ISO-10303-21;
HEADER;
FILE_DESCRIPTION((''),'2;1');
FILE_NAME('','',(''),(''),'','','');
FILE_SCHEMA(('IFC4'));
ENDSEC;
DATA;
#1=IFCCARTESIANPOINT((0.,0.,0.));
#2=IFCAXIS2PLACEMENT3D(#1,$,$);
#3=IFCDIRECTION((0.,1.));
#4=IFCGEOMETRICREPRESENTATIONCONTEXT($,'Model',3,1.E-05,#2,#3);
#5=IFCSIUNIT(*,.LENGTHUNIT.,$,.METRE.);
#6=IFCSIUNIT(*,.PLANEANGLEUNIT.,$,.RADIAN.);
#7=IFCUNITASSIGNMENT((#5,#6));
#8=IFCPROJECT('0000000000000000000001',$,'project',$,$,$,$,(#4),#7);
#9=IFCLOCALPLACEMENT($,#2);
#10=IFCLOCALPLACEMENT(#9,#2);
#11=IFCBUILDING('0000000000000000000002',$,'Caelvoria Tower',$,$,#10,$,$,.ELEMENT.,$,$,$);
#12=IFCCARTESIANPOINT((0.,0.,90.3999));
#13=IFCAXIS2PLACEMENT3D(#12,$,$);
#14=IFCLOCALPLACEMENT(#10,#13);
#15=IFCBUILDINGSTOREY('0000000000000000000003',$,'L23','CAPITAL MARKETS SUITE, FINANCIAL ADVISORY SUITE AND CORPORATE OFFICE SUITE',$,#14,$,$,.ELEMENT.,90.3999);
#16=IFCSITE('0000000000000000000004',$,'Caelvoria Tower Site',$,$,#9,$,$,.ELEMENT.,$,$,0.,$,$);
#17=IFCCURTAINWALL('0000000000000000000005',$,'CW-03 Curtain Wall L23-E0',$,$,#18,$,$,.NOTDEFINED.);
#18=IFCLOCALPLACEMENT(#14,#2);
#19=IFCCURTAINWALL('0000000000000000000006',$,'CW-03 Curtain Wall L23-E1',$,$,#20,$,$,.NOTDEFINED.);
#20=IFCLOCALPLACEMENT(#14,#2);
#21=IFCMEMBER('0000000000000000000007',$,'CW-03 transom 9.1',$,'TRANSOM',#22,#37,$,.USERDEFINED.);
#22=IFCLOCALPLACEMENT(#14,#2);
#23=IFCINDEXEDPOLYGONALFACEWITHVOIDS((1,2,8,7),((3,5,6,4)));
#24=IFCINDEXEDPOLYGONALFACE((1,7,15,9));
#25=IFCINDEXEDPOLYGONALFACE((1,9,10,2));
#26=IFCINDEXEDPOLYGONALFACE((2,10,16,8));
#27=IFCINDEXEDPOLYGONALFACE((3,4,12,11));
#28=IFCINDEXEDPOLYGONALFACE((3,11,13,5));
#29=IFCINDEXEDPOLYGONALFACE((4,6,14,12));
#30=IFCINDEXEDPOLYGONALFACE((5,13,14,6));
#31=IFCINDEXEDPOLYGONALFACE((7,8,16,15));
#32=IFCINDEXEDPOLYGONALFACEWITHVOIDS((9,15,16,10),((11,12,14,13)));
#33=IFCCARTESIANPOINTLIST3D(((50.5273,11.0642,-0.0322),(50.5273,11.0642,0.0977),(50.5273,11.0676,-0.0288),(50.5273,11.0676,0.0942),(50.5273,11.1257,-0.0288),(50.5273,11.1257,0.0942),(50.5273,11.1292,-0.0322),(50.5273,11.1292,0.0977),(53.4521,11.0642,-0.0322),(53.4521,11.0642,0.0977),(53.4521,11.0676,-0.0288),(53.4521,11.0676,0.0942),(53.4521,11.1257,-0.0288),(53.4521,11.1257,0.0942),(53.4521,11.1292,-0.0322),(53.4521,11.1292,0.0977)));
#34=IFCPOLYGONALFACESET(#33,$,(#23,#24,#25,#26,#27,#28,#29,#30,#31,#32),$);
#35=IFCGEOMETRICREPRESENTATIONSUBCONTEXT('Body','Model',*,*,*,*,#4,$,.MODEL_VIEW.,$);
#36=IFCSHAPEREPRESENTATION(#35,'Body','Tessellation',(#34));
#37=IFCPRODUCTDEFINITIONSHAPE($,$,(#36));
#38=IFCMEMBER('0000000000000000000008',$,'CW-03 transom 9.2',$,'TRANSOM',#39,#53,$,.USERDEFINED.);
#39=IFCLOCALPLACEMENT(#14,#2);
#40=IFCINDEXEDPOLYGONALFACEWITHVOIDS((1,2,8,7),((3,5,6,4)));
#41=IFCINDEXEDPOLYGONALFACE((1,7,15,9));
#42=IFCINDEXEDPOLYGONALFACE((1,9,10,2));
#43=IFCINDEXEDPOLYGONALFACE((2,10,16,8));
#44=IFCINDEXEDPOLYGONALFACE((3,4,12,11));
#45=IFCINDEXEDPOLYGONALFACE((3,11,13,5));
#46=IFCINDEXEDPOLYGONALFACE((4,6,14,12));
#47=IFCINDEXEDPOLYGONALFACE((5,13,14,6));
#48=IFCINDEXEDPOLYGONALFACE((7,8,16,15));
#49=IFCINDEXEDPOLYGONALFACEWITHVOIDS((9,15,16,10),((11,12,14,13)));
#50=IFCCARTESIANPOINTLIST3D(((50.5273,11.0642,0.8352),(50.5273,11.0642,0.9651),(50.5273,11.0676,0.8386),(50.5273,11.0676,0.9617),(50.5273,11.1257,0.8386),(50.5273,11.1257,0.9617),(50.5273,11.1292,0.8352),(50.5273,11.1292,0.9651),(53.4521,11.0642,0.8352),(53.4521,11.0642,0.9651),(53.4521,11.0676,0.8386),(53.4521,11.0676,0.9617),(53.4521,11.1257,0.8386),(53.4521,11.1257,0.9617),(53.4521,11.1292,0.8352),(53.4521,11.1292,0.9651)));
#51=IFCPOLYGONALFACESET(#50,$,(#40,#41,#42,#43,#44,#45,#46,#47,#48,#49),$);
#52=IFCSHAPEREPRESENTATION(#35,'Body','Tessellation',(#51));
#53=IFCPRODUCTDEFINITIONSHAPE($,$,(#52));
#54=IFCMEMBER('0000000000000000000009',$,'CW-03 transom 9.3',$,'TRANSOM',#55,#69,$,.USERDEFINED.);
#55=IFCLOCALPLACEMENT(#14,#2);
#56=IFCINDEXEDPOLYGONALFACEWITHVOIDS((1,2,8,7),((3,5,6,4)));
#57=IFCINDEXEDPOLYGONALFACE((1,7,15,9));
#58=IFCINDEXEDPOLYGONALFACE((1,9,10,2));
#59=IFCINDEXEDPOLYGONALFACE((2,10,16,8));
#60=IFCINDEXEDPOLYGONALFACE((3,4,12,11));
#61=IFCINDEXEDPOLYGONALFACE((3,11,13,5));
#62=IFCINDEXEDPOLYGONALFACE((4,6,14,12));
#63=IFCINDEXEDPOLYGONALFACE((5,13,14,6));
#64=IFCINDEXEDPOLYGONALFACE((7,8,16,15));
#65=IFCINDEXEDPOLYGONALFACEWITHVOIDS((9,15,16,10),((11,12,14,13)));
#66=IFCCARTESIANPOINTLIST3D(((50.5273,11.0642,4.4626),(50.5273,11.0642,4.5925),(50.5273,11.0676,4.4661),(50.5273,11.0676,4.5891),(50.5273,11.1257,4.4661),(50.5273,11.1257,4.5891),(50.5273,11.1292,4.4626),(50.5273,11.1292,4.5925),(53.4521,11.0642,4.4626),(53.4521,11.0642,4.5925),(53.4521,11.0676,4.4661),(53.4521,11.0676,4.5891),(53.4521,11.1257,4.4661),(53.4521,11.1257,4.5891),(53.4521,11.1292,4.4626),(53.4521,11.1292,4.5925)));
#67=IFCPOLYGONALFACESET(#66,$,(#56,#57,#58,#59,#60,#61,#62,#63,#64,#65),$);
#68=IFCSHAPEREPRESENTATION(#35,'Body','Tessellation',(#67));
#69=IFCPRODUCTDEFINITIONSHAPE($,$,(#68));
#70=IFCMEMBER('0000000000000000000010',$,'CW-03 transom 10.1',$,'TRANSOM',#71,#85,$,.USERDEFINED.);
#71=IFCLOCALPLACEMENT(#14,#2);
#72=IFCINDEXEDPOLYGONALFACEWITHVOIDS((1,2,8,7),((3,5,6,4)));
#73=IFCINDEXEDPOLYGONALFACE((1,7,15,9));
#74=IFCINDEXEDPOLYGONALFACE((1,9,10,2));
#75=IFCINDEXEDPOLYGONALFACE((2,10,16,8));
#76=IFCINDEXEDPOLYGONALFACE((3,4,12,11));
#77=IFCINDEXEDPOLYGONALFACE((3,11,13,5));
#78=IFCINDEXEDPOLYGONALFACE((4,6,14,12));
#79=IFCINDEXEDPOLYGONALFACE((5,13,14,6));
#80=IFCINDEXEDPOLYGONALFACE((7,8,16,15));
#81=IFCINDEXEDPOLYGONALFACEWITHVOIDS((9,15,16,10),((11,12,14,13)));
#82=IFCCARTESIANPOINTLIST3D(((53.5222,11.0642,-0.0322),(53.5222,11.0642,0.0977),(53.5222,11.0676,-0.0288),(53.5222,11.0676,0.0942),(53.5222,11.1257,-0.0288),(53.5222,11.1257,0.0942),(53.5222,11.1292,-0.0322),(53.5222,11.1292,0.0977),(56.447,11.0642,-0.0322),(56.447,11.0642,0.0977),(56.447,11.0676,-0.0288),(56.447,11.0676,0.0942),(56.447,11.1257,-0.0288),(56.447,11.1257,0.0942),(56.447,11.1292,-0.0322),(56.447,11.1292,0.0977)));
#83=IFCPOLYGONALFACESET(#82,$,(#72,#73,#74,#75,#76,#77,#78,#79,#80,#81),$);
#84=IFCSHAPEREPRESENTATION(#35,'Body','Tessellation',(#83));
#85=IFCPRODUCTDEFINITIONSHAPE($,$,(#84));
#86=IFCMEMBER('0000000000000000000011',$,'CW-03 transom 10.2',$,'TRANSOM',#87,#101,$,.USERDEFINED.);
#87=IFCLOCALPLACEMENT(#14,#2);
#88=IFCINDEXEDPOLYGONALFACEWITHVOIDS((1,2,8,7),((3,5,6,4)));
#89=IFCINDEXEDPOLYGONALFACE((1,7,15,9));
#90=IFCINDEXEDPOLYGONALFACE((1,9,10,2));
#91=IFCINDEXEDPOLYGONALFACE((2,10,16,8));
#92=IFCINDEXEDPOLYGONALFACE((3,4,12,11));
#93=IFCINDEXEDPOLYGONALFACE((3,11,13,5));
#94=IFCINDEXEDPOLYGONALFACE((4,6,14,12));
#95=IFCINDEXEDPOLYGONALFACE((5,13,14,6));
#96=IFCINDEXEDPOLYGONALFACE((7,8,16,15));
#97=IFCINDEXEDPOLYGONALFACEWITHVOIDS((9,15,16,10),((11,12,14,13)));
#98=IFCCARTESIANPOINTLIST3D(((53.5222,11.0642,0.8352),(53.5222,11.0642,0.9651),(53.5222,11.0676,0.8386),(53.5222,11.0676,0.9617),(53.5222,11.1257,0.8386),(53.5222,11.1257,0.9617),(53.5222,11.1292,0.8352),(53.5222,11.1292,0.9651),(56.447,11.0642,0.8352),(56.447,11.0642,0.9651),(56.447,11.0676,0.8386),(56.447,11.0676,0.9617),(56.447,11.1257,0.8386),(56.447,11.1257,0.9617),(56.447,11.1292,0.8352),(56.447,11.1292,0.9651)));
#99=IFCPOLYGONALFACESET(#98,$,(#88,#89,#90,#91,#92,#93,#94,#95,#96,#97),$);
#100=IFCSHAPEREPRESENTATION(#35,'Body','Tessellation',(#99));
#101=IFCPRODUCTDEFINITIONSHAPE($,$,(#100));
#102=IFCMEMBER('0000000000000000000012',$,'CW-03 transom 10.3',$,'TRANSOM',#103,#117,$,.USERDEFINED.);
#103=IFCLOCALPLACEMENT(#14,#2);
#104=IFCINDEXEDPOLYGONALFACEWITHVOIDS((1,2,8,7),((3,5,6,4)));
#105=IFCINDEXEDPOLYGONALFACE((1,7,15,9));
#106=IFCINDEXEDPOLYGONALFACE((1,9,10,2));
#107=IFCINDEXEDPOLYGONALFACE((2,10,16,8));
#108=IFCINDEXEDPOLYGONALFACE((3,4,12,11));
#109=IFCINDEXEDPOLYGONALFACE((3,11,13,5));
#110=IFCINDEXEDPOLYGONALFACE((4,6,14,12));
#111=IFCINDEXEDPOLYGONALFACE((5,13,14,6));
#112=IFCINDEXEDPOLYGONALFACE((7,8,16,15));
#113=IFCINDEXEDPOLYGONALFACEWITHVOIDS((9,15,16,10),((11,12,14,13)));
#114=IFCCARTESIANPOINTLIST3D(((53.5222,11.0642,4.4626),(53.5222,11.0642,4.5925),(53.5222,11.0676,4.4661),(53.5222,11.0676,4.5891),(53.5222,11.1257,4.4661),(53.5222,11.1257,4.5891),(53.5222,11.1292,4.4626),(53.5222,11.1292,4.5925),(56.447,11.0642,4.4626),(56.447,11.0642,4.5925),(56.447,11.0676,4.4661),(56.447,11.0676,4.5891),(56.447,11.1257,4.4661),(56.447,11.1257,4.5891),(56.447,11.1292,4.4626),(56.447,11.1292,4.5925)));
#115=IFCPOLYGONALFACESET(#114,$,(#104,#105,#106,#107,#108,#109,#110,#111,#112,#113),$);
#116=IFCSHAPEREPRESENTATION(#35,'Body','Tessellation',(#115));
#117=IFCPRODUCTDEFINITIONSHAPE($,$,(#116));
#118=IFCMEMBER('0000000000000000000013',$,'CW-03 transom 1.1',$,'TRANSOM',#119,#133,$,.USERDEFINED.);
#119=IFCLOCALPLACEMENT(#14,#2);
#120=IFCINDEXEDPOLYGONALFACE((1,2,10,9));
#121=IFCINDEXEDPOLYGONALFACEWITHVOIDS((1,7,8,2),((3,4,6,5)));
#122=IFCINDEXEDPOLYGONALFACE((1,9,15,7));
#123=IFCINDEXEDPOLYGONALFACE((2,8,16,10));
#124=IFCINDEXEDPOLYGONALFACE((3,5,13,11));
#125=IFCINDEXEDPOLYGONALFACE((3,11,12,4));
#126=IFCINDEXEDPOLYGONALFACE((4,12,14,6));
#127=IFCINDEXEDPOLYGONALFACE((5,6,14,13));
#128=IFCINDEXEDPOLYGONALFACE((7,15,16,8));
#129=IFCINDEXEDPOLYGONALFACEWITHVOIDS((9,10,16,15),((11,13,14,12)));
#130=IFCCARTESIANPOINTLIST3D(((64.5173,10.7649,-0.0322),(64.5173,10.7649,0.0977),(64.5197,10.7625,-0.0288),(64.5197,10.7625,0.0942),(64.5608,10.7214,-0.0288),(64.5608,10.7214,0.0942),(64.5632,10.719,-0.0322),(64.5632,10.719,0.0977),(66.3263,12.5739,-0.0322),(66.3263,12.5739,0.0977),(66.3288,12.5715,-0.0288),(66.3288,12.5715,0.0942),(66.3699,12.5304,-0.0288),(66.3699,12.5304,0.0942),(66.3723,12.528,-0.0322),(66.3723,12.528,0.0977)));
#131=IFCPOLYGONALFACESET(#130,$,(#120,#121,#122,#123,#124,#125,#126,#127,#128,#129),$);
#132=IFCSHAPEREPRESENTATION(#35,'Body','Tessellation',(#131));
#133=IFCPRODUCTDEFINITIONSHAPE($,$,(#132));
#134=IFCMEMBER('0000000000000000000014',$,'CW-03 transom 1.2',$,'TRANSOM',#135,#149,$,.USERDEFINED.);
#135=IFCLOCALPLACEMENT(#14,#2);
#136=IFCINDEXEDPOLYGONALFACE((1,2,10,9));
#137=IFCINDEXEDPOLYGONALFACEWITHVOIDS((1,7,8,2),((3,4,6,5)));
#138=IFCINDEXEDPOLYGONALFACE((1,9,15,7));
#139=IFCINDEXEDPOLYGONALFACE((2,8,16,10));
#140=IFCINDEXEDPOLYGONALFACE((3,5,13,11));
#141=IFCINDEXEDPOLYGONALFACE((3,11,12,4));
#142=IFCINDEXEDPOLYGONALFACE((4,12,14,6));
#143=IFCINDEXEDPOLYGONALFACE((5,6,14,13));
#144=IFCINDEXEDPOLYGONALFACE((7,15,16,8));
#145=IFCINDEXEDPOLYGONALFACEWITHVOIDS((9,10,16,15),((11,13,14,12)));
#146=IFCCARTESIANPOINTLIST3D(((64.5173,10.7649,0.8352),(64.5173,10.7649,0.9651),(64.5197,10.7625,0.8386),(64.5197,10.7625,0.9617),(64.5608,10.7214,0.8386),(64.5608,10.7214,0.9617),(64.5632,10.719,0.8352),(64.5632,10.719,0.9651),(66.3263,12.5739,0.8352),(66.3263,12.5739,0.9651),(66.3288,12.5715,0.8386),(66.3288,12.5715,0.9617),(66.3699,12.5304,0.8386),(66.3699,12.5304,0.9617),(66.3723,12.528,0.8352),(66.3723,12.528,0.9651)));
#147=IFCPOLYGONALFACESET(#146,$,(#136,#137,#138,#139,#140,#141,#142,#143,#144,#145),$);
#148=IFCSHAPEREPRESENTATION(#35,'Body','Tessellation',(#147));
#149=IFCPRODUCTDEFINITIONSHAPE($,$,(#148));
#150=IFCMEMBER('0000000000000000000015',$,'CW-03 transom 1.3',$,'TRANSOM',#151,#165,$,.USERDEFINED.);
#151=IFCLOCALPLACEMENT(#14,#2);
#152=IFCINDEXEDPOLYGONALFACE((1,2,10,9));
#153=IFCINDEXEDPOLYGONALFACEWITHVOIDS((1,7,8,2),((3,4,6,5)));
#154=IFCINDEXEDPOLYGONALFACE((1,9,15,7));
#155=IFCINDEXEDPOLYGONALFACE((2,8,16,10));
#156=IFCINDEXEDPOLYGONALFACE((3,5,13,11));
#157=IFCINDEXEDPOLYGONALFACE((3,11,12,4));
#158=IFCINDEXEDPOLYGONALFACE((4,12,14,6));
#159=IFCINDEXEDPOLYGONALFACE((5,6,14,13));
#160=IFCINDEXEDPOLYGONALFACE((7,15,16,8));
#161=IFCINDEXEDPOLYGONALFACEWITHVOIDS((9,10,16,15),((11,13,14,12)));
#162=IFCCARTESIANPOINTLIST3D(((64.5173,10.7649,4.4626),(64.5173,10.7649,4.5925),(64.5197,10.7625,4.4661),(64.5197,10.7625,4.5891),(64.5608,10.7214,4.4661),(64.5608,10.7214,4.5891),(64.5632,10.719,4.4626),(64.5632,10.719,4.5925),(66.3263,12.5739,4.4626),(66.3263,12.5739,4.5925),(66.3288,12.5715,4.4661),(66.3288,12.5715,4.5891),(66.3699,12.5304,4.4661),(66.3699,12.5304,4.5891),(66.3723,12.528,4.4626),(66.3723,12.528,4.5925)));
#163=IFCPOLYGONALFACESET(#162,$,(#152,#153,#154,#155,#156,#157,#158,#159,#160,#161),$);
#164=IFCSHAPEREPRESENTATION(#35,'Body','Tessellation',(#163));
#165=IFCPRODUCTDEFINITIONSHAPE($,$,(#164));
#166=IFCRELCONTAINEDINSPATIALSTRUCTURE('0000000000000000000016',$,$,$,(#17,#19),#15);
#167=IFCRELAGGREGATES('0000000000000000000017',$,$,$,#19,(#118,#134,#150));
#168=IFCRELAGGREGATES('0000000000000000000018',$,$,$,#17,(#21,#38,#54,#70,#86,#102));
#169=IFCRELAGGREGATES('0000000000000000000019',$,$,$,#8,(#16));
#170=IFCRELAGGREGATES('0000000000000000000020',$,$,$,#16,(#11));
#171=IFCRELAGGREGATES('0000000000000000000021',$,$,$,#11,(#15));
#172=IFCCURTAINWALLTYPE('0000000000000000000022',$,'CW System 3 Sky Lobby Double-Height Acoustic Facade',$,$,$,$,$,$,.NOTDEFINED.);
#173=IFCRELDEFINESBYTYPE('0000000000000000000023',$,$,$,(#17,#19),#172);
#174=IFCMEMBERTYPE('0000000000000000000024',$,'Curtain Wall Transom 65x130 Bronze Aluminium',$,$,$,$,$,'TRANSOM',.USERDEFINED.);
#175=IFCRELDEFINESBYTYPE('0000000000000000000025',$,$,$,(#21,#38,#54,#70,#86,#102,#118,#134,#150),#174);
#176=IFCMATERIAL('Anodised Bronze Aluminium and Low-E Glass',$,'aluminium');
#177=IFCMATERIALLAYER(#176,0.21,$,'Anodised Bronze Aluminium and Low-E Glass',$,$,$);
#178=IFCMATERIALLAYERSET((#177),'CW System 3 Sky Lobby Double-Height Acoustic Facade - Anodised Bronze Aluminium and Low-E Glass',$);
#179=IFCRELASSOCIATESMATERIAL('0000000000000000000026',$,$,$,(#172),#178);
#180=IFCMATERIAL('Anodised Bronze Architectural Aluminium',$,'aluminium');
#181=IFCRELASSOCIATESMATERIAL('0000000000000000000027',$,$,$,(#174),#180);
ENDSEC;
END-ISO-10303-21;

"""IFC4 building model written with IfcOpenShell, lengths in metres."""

from ifc_helpers import new_model, si_unit, direction, frame, origin, origin_2d, place, context, subcontext, project, spatial, hollow_rectangle, extrude, material, layer, layer_set, material_profile, profile_set, type_object, element, aggregate, save


model = new_model("IFC4")

# Units and contexts
model_context = context("Model", 3, precision=1e-05, world=origin(), true_north=direction((0.0, 1.0)))
body_context = subcontext(model_context, "Body", "Model", "MODEL_VIEW")
ifc_project = project(units=[si_unit("LENGTHUNIT", "METRE"), si_unit("PLANEANGLEUNIT", "RADIAN")], contexts=[model_context])

# Site, building, storey
site_placement = place(None, origin())
site = spatial("IfcSite", under=ifc_project, at=site_placement, Name="Caelvoria Tower Site", CompositionType="ELEMENT", RefElevation=0.0)
building_placement = place(site_placement, origin())
building = spatial("IfcBuilding", under=site, at=building_placement, Name="Caelvoria Tower", CompositionType="ELEMENT")
storey_placement = place(building_placement, frame((0.0, 0.0, 90.3999)))
storey = spatial("IfcBuildingStorey", under=building, at=storey_placement, Name="L23", Description="CAPITAL MARKETS SUITE, FINANCIAL ADVISORY SUITE AND CORPORATE OFFICE SUITE", CompositionType="ELEMENT", Elevation=90.3999)

# Curtain wall
ifc_material_1 = material(Name="Anodised Bronze Aluminium and Low-E Glass", Category="aluminium")
ifc_layer_1 = layer(ifc_material_1, 0.21, Name="Anodised Bronze Aluminium and Low-E Glass")
ifc_layer_set_1 = layer_set([ifc_layer_1], Name="CW System 3 Sky Lobby Double-Height Acoustic Facade - Anodised Bronze Aluminium and Low-E Glass")
curtain_wall_type = type_object("IfcCurtainWallType", Name="CW System 3 Sky Lobby Double-Height Acoustic Facade", PredefinedType="NOTDEFINED", material=ifc_layer_set_1)
curtain_wall_1_placement = place(storey_placement, origin())
curtain_wall_1 = element("IfcCurtainWall", 1, at=curtain_wall_1_placement, inside=storey, type_object=curtain_wall_type, Name="CW-03 Curtain Wall L23-E0", PredefinedType="NOTDEFINED")
ifc_material_2 = material(Name="Anodised Bronze Architectural Aluminium", Category="aluminium")

# Curtain wall
curtain_wall_2_placement = place(storey_placement, origin())
curtain_wall_2 = element("IfcCurtainWall", 2, at=curtain_wall_2_placement, inside=storey, type_object=curtain_wall_type, Name="CW-03 Curtain Wall L23-E1", PredefinedType="NOTDEFINED")

# Members
ifc_material_profile_1 = material_profile(ifc_material_2, hollow_rectangle(XDim=0.0649, YDim=0.1299, WallThickness=0.0034, at=origin_2d()), Name="Anodised Bronze Architectural Aluminium")
ifc_profile_set_1 = profile_set([ifc_material_profile_1], Name="CW_TRAN_65X130 - Anodised Bronze Architectural Aluminium")
member_type_1 = type_object("IfcMemberType", Name="Curtain Wall Transom 65x130 Bronze Aluminium", ElementType="TRANSOM", PredefinedType="USERDEFINED", material=ifc_profile_set_1)
member_1_placement = place(storey_placement, frame((50.5273, 11.0967, 0.0327), z_axis=(1.0, 0.0, 0.0), x_axis=(0.0, 1.0, 0.0)))
member_1 = element("IfcMember", 3, at=member_1_placement, type_object=member_type_1, Name="CW-03 transom 9.1", ObjectType="TRANSOM", PredefinedType="USERDEFINED", context=body_context, shape_type="SweptSolid", body=[
    extrude(hollow_rectangle(XDim=0.0649, YDim=0.1299, WallThickness=0.0034, at=origin_2d()), origin(), (0.0, 0.0, 1.0), 2.9248),
])
member_2_placement = place(storey_placement, frame((50.5273, 11.0967, 0.9001), z_axis=(1.0, 0.0, 0.0), x_axis=(0.0, 1.0, 0.0)))
member_2 = element("IfcMember", 4, at=member_2_placement, type_object=member_type_1, Name="CW-03 transom 9.2", ObjectType="TRANSOM", PredefinedType="USERDEFINED", context=body_context, shape_type="SweptSolid", body=[
    extrude(hollow_rectangle(XDim=0.0649, YDim=0.1299, WallThickness=0.0034, at=origin_2d()), origin(), (0.0, 0.0, 1.0), 2.9248),
])
member_3_placement = place(storey_placement, frame((50.5273, 11.0967, 4.5276), z_axis=(1.0, 0.0, 0.0), x_axis=(0.0, 1.0, 0.0)))
member_3 = element("IfcMember", 5, at=member_3_placement, type_object=member_type_1, Name="CW-03 transom 9.3", ObjectType="TRANSOM", PredefinedType="USERDEFINED", context=body_context, shape_type="SweptSolid", body=[
    extrude(hollow_rectangle(XDim=0.0649, YDim=0.1299, WallThickness=0.0034, at=origin_2d()), origin(), (0.0, 0.0, 1.0), 2.9248),
])
member_4_placement = place(storey_placement, frame((53.5222, 11.0967, 0.0327), z_axis=(1.0, 0.0, 0.0), x_axis=(0.0, 1.0, 0.0)))
member_4 = element("IfcMember", 6, at=member_4_placement, type_object=member_type_1, Name="CW-03 transom 10.1", ObjectType="TRANSOM", PredefinedType="USERDEFINED", context=body_context, shape_type="SweptSolid", body=[
    extrude(hollow_rectangle(XDim=0.0649, YDim=0.1299, WallThickness=0.0034, at=origin_2d()), origin(), (0.0, 0.0, 1.0), 2.9248),
])
member_5_placement = place(storey_placement, frame((53.5222, 11.0967, 0.9001), z_axis=(1.0, 0.0, 0.0), x_axis=(0.0, 1.0, 0.0)))
member_5 = element("IfcMember", 7, at=member_5_placement, type_object=member_type_1, Name="CW-03 transom 10.2", ObjectType="TRANSOM", PredefinedType="USERDEFINED", context=body_context, shape_type="SweptSolid", body=[
    extrude(hollow_rectangle(XDim=0.0649, YDim=0.1299, WallThickness=0.0034, at=origin_2d()), origin(), (0.0, 0.0, 1.0), 2.9248),
])
member_6_placement = place(storey_placement, frame((53.5222, 11.0967, 4.5276), z_axis=(1.0, 0.0, 0.0), x_axis=(0.0, 1.0, 0.0)))
member_6 = element("IfcMember", 8, at=member_6_placement, type_object=member_type_1, Name="CW-03 transom 10.3", ObjectType="TRANSOM", PredefinedType="USERDEFINED", context=body_context, shape_type="SweptSolid", body=[
    extrude(hollow_rectangle(XDim=0.0649, YDim=0.1299, WallThickness=0.0034, at=origin_2d()), origin(), (0.0, 0.0, 1.0), 2.9248),
])
member_7_placement = place(storey_placement, frame((64.5403, 10.7419, 0.0327), z_axis=(0.707107, 0.707107, 0.0), x_axis=(-0.707107, 0.707107, 0.0)))
member_7 = element("IfcMember", 9, at=member_7_placement, type_object=member_type_1, Name="CW-03 transom 1.1", ObjectType="TRANSOM", PredefinedType="USERDEFINED", context=body_context, shape_type="SweptSolid", body=[
    extrude(hollow_rectangle(XDim=0.0649, YDim=0.1299, WallThickness=0.0034, at=origin_2d()), origin(), (0.0, 0.0, 1.0), 2.5583),
])
member_8_placement = place(storey_placement, frame((64.5403, 10.7419, 0.9001), z_axis=(0.707107, 0.707107, 0.0), x_axis=(-0.707107, 0.707107, 0.0)))
member_8 = element("IfcMember", 10, at=member_8_placement, type_object=member_type_1, Name="CW-03 transom 1.2", ObjectType="TRANSOM", PredefinedType="USERDEFINED", context=body_context, shape_type="SweptSolid", body=[
    extrude(hollow_rectangle(XDim=0.0649, YDim=0.1299, WallThickness=0.0034, at=origin_2d()), origin(), (0.0, 0.0, 1.0), 2.5583),
])
member_9_placement = place(storey_placement, frame((64.5403, 10.7419, 4.5276), z_axis=(0.707107, 0.707107, 0.0), x_axis=(-0.707107, 0.707107, 0.0)))
member_9 = element("IfcMember", 11, at=member_9_placement, type_object=member_type_1, Name="CW-03 transom 1.3", ObjectType="TRANSOM", PredefinedType="USERDEFINED", context=body_context, shape_type="SweptSolid", body=[
    extrude(hollow_rectangle(XDim=0.0649, YDim=0.1299, WallThickness=0.0034, at=origin_2d()), origin(), (0.0, 0.0, 1.0), 2.5583),
])
aggregate(curtain_wall_2, [member_7, member_8, member_9])

aggregate(curtain_wall_1, [member_1, member_2, member_3, member_4, member_5, member_6])

save(model, "model.ifc")
